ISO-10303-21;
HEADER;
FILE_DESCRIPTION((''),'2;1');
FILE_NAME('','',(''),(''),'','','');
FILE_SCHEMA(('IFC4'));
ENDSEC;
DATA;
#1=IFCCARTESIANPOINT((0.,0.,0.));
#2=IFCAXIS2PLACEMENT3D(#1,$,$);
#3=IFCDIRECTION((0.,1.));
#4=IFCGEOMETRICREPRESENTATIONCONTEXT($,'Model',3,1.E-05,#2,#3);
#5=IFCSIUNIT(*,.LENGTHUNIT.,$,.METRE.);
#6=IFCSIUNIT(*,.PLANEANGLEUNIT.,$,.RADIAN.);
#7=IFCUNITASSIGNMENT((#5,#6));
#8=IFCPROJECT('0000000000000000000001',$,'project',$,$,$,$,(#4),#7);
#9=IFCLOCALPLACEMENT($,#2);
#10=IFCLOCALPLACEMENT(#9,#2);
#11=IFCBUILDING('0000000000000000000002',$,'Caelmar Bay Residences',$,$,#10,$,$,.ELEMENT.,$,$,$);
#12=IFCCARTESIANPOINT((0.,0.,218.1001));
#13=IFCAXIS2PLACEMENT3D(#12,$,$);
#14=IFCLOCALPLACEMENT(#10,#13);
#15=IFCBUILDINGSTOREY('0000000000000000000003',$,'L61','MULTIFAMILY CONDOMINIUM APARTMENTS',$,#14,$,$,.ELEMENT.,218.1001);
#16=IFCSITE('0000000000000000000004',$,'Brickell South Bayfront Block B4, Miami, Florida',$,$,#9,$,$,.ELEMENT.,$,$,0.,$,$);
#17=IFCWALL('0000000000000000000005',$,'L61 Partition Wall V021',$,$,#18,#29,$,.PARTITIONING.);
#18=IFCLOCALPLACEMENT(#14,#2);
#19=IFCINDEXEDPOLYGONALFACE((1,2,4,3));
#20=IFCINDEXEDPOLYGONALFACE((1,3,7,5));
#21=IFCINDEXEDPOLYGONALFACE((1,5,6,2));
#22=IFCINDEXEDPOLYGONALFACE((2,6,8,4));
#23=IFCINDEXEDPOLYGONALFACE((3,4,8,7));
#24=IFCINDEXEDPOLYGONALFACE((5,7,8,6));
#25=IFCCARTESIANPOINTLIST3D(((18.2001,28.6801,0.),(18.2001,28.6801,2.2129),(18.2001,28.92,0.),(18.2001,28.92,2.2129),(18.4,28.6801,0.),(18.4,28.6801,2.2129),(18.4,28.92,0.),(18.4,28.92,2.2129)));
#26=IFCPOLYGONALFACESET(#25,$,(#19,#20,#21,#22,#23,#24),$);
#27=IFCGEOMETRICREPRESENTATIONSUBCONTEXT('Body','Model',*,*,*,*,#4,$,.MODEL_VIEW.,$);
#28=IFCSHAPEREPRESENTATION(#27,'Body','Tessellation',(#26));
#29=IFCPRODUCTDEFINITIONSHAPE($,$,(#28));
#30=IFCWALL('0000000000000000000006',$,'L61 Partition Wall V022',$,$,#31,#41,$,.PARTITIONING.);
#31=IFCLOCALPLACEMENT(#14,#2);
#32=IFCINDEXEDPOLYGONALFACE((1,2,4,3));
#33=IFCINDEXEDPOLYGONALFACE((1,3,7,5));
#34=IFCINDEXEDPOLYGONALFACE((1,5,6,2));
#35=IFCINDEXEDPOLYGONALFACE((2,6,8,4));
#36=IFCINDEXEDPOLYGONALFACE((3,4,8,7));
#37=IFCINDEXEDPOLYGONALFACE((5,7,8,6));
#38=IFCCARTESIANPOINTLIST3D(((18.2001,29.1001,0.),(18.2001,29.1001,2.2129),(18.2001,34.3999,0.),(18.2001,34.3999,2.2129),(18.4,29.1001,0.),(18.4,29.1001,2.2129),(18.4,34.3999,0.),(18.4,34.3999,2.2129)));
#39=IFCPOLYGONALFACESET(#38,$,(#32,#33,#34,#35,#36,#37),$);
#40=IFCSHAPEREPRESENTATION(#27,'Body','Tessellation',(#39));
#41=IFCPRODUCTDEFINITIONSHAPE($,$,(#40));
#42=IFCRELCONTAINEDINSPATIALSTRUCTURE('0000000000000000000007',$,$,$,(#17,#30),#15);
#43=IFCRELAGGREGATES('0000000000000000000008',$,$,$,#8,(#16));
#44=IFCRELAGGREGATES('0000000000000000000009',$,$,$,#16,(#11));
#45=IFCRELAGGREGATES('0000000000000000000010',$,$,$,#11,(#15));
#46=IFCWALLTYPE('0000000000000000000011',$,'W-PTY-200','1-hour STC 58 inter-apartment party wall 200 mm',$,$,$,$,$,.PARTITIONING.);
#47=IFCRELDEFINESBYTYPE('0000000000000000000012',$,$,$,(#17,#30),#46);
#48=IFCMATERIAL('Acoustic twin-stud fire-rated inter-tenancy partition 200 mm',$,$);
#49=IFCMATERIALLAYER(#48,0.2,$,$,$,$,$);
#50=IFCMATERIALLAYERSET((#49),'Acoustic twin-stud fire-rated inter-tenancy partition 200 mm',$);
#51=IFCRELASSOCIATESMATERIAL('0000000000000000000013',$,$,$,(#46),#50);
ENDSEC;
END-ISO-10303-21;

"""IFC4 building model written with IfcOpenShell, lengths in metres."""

from ifc_helpers import new_model, si_unit, direction, frame, frame_2d, origin, place, context, subcontext, project, spatial, rectangle, extrude, material, layer, layer_set, type_object, element, save


model = new_model("IFC4")

# Units and contexts
model_context = context("Model", 3, precision=1e-05, world=origin(), true_north=direction((0.0, 1.0)))
body_context = subcontext(model_context, "Body", "Model", "MODEL_VIEW")
ifc_project = project(units=[si_unit("LENGTHUNIT", "METRE"), si_unit("PLANEANGLEUNIT", "RADIAN")], contexts=[model_context])

# Site, building, storey
site_placement = place(None, origin())
site = spatial("IfcSite", under=ifc_project, at=site_placement, Name="Brickell South Bayfront Block B4, Miami, Florida", CompositionType="ELEMENT", RefElevation=0.0)
building_placement = place(site_placement, origin())
building = spatial("IfcBuilding", under=site, at=building_placement, Name="Caelmar Bay Residences", CompositionType="ELEMENT")
storey_placement = place(building_placement, frame((0.0, 0.0, 218.1001)))
storey = spatial("IfcBuildingStorey", under=building, at=storey_placement, Name="L61", Description="MULTIFAMILY CONDOMINIUM APARTMENTS", CompositionType="ELEMENT", Elevation=218.1001)

# Walls
ifc_material_1 = material(Name="Acoustic twin-stud fire-rated inter-tenancy partition 200 mm")
ifc_layer_1 = layer(ifc_material_1, 0.2)
ifc_layer_set_1 = layer_set([ifc_layer_1], Name="Acoustic twin-stud fire-rated inter-tenancy partition 200 mm")
wall_type_1 = type_object("IfcWallType", Name="W-PTY-200", Description="1-hour STC 58 inter-apartment party wall 200 mm", PredefinedType="PARTITIONING", material=ifc_layer_set_1)
wall_1_placement = place(storey_placement, frame((18.3, 28.6799, 0.0), z_axis=(0.0, 0.0, 1.0), x_axis=(0.0, 1.0, 0.0)))
element("IfcWall", 1, at=wall_1_placement, inside=storey, type_object=wall_type_1, Name="L61 Partition Wall V021", PredefinedType="PARTITIONING", context=body_context, shape_type="SweptSolid", body=[
    extrude(rectangle(XDim=0.24, YDim=0.2, at=frame_2d((0.1201, 0.0))), origin(), (0.0, 0.0, 1.0), 2.2129),
])
wall_2_placement = place(storey_placement, frame((18.3, 29.1001, 0.0), z_axis=(0.0, 0.0, 1.0), x_axis=(0.0, 1.0, 0.0)))
element("IfcWall", 2, at=wall_2_placement, inside=storey, type_object=wall_type_1, Name="L61 Partition Wall V022", PredefinedType="PARTITIONING", context=body_context, shape_type="SweptSolid", body=[
    extrude(rectangle(XDim=5.2998, YDim=0.2, at=frame_2d((2.6499, 0.0))), origin(), (0.0, 0.0, 1.0), 2.2129),
])

save(model, "model.ifc")
